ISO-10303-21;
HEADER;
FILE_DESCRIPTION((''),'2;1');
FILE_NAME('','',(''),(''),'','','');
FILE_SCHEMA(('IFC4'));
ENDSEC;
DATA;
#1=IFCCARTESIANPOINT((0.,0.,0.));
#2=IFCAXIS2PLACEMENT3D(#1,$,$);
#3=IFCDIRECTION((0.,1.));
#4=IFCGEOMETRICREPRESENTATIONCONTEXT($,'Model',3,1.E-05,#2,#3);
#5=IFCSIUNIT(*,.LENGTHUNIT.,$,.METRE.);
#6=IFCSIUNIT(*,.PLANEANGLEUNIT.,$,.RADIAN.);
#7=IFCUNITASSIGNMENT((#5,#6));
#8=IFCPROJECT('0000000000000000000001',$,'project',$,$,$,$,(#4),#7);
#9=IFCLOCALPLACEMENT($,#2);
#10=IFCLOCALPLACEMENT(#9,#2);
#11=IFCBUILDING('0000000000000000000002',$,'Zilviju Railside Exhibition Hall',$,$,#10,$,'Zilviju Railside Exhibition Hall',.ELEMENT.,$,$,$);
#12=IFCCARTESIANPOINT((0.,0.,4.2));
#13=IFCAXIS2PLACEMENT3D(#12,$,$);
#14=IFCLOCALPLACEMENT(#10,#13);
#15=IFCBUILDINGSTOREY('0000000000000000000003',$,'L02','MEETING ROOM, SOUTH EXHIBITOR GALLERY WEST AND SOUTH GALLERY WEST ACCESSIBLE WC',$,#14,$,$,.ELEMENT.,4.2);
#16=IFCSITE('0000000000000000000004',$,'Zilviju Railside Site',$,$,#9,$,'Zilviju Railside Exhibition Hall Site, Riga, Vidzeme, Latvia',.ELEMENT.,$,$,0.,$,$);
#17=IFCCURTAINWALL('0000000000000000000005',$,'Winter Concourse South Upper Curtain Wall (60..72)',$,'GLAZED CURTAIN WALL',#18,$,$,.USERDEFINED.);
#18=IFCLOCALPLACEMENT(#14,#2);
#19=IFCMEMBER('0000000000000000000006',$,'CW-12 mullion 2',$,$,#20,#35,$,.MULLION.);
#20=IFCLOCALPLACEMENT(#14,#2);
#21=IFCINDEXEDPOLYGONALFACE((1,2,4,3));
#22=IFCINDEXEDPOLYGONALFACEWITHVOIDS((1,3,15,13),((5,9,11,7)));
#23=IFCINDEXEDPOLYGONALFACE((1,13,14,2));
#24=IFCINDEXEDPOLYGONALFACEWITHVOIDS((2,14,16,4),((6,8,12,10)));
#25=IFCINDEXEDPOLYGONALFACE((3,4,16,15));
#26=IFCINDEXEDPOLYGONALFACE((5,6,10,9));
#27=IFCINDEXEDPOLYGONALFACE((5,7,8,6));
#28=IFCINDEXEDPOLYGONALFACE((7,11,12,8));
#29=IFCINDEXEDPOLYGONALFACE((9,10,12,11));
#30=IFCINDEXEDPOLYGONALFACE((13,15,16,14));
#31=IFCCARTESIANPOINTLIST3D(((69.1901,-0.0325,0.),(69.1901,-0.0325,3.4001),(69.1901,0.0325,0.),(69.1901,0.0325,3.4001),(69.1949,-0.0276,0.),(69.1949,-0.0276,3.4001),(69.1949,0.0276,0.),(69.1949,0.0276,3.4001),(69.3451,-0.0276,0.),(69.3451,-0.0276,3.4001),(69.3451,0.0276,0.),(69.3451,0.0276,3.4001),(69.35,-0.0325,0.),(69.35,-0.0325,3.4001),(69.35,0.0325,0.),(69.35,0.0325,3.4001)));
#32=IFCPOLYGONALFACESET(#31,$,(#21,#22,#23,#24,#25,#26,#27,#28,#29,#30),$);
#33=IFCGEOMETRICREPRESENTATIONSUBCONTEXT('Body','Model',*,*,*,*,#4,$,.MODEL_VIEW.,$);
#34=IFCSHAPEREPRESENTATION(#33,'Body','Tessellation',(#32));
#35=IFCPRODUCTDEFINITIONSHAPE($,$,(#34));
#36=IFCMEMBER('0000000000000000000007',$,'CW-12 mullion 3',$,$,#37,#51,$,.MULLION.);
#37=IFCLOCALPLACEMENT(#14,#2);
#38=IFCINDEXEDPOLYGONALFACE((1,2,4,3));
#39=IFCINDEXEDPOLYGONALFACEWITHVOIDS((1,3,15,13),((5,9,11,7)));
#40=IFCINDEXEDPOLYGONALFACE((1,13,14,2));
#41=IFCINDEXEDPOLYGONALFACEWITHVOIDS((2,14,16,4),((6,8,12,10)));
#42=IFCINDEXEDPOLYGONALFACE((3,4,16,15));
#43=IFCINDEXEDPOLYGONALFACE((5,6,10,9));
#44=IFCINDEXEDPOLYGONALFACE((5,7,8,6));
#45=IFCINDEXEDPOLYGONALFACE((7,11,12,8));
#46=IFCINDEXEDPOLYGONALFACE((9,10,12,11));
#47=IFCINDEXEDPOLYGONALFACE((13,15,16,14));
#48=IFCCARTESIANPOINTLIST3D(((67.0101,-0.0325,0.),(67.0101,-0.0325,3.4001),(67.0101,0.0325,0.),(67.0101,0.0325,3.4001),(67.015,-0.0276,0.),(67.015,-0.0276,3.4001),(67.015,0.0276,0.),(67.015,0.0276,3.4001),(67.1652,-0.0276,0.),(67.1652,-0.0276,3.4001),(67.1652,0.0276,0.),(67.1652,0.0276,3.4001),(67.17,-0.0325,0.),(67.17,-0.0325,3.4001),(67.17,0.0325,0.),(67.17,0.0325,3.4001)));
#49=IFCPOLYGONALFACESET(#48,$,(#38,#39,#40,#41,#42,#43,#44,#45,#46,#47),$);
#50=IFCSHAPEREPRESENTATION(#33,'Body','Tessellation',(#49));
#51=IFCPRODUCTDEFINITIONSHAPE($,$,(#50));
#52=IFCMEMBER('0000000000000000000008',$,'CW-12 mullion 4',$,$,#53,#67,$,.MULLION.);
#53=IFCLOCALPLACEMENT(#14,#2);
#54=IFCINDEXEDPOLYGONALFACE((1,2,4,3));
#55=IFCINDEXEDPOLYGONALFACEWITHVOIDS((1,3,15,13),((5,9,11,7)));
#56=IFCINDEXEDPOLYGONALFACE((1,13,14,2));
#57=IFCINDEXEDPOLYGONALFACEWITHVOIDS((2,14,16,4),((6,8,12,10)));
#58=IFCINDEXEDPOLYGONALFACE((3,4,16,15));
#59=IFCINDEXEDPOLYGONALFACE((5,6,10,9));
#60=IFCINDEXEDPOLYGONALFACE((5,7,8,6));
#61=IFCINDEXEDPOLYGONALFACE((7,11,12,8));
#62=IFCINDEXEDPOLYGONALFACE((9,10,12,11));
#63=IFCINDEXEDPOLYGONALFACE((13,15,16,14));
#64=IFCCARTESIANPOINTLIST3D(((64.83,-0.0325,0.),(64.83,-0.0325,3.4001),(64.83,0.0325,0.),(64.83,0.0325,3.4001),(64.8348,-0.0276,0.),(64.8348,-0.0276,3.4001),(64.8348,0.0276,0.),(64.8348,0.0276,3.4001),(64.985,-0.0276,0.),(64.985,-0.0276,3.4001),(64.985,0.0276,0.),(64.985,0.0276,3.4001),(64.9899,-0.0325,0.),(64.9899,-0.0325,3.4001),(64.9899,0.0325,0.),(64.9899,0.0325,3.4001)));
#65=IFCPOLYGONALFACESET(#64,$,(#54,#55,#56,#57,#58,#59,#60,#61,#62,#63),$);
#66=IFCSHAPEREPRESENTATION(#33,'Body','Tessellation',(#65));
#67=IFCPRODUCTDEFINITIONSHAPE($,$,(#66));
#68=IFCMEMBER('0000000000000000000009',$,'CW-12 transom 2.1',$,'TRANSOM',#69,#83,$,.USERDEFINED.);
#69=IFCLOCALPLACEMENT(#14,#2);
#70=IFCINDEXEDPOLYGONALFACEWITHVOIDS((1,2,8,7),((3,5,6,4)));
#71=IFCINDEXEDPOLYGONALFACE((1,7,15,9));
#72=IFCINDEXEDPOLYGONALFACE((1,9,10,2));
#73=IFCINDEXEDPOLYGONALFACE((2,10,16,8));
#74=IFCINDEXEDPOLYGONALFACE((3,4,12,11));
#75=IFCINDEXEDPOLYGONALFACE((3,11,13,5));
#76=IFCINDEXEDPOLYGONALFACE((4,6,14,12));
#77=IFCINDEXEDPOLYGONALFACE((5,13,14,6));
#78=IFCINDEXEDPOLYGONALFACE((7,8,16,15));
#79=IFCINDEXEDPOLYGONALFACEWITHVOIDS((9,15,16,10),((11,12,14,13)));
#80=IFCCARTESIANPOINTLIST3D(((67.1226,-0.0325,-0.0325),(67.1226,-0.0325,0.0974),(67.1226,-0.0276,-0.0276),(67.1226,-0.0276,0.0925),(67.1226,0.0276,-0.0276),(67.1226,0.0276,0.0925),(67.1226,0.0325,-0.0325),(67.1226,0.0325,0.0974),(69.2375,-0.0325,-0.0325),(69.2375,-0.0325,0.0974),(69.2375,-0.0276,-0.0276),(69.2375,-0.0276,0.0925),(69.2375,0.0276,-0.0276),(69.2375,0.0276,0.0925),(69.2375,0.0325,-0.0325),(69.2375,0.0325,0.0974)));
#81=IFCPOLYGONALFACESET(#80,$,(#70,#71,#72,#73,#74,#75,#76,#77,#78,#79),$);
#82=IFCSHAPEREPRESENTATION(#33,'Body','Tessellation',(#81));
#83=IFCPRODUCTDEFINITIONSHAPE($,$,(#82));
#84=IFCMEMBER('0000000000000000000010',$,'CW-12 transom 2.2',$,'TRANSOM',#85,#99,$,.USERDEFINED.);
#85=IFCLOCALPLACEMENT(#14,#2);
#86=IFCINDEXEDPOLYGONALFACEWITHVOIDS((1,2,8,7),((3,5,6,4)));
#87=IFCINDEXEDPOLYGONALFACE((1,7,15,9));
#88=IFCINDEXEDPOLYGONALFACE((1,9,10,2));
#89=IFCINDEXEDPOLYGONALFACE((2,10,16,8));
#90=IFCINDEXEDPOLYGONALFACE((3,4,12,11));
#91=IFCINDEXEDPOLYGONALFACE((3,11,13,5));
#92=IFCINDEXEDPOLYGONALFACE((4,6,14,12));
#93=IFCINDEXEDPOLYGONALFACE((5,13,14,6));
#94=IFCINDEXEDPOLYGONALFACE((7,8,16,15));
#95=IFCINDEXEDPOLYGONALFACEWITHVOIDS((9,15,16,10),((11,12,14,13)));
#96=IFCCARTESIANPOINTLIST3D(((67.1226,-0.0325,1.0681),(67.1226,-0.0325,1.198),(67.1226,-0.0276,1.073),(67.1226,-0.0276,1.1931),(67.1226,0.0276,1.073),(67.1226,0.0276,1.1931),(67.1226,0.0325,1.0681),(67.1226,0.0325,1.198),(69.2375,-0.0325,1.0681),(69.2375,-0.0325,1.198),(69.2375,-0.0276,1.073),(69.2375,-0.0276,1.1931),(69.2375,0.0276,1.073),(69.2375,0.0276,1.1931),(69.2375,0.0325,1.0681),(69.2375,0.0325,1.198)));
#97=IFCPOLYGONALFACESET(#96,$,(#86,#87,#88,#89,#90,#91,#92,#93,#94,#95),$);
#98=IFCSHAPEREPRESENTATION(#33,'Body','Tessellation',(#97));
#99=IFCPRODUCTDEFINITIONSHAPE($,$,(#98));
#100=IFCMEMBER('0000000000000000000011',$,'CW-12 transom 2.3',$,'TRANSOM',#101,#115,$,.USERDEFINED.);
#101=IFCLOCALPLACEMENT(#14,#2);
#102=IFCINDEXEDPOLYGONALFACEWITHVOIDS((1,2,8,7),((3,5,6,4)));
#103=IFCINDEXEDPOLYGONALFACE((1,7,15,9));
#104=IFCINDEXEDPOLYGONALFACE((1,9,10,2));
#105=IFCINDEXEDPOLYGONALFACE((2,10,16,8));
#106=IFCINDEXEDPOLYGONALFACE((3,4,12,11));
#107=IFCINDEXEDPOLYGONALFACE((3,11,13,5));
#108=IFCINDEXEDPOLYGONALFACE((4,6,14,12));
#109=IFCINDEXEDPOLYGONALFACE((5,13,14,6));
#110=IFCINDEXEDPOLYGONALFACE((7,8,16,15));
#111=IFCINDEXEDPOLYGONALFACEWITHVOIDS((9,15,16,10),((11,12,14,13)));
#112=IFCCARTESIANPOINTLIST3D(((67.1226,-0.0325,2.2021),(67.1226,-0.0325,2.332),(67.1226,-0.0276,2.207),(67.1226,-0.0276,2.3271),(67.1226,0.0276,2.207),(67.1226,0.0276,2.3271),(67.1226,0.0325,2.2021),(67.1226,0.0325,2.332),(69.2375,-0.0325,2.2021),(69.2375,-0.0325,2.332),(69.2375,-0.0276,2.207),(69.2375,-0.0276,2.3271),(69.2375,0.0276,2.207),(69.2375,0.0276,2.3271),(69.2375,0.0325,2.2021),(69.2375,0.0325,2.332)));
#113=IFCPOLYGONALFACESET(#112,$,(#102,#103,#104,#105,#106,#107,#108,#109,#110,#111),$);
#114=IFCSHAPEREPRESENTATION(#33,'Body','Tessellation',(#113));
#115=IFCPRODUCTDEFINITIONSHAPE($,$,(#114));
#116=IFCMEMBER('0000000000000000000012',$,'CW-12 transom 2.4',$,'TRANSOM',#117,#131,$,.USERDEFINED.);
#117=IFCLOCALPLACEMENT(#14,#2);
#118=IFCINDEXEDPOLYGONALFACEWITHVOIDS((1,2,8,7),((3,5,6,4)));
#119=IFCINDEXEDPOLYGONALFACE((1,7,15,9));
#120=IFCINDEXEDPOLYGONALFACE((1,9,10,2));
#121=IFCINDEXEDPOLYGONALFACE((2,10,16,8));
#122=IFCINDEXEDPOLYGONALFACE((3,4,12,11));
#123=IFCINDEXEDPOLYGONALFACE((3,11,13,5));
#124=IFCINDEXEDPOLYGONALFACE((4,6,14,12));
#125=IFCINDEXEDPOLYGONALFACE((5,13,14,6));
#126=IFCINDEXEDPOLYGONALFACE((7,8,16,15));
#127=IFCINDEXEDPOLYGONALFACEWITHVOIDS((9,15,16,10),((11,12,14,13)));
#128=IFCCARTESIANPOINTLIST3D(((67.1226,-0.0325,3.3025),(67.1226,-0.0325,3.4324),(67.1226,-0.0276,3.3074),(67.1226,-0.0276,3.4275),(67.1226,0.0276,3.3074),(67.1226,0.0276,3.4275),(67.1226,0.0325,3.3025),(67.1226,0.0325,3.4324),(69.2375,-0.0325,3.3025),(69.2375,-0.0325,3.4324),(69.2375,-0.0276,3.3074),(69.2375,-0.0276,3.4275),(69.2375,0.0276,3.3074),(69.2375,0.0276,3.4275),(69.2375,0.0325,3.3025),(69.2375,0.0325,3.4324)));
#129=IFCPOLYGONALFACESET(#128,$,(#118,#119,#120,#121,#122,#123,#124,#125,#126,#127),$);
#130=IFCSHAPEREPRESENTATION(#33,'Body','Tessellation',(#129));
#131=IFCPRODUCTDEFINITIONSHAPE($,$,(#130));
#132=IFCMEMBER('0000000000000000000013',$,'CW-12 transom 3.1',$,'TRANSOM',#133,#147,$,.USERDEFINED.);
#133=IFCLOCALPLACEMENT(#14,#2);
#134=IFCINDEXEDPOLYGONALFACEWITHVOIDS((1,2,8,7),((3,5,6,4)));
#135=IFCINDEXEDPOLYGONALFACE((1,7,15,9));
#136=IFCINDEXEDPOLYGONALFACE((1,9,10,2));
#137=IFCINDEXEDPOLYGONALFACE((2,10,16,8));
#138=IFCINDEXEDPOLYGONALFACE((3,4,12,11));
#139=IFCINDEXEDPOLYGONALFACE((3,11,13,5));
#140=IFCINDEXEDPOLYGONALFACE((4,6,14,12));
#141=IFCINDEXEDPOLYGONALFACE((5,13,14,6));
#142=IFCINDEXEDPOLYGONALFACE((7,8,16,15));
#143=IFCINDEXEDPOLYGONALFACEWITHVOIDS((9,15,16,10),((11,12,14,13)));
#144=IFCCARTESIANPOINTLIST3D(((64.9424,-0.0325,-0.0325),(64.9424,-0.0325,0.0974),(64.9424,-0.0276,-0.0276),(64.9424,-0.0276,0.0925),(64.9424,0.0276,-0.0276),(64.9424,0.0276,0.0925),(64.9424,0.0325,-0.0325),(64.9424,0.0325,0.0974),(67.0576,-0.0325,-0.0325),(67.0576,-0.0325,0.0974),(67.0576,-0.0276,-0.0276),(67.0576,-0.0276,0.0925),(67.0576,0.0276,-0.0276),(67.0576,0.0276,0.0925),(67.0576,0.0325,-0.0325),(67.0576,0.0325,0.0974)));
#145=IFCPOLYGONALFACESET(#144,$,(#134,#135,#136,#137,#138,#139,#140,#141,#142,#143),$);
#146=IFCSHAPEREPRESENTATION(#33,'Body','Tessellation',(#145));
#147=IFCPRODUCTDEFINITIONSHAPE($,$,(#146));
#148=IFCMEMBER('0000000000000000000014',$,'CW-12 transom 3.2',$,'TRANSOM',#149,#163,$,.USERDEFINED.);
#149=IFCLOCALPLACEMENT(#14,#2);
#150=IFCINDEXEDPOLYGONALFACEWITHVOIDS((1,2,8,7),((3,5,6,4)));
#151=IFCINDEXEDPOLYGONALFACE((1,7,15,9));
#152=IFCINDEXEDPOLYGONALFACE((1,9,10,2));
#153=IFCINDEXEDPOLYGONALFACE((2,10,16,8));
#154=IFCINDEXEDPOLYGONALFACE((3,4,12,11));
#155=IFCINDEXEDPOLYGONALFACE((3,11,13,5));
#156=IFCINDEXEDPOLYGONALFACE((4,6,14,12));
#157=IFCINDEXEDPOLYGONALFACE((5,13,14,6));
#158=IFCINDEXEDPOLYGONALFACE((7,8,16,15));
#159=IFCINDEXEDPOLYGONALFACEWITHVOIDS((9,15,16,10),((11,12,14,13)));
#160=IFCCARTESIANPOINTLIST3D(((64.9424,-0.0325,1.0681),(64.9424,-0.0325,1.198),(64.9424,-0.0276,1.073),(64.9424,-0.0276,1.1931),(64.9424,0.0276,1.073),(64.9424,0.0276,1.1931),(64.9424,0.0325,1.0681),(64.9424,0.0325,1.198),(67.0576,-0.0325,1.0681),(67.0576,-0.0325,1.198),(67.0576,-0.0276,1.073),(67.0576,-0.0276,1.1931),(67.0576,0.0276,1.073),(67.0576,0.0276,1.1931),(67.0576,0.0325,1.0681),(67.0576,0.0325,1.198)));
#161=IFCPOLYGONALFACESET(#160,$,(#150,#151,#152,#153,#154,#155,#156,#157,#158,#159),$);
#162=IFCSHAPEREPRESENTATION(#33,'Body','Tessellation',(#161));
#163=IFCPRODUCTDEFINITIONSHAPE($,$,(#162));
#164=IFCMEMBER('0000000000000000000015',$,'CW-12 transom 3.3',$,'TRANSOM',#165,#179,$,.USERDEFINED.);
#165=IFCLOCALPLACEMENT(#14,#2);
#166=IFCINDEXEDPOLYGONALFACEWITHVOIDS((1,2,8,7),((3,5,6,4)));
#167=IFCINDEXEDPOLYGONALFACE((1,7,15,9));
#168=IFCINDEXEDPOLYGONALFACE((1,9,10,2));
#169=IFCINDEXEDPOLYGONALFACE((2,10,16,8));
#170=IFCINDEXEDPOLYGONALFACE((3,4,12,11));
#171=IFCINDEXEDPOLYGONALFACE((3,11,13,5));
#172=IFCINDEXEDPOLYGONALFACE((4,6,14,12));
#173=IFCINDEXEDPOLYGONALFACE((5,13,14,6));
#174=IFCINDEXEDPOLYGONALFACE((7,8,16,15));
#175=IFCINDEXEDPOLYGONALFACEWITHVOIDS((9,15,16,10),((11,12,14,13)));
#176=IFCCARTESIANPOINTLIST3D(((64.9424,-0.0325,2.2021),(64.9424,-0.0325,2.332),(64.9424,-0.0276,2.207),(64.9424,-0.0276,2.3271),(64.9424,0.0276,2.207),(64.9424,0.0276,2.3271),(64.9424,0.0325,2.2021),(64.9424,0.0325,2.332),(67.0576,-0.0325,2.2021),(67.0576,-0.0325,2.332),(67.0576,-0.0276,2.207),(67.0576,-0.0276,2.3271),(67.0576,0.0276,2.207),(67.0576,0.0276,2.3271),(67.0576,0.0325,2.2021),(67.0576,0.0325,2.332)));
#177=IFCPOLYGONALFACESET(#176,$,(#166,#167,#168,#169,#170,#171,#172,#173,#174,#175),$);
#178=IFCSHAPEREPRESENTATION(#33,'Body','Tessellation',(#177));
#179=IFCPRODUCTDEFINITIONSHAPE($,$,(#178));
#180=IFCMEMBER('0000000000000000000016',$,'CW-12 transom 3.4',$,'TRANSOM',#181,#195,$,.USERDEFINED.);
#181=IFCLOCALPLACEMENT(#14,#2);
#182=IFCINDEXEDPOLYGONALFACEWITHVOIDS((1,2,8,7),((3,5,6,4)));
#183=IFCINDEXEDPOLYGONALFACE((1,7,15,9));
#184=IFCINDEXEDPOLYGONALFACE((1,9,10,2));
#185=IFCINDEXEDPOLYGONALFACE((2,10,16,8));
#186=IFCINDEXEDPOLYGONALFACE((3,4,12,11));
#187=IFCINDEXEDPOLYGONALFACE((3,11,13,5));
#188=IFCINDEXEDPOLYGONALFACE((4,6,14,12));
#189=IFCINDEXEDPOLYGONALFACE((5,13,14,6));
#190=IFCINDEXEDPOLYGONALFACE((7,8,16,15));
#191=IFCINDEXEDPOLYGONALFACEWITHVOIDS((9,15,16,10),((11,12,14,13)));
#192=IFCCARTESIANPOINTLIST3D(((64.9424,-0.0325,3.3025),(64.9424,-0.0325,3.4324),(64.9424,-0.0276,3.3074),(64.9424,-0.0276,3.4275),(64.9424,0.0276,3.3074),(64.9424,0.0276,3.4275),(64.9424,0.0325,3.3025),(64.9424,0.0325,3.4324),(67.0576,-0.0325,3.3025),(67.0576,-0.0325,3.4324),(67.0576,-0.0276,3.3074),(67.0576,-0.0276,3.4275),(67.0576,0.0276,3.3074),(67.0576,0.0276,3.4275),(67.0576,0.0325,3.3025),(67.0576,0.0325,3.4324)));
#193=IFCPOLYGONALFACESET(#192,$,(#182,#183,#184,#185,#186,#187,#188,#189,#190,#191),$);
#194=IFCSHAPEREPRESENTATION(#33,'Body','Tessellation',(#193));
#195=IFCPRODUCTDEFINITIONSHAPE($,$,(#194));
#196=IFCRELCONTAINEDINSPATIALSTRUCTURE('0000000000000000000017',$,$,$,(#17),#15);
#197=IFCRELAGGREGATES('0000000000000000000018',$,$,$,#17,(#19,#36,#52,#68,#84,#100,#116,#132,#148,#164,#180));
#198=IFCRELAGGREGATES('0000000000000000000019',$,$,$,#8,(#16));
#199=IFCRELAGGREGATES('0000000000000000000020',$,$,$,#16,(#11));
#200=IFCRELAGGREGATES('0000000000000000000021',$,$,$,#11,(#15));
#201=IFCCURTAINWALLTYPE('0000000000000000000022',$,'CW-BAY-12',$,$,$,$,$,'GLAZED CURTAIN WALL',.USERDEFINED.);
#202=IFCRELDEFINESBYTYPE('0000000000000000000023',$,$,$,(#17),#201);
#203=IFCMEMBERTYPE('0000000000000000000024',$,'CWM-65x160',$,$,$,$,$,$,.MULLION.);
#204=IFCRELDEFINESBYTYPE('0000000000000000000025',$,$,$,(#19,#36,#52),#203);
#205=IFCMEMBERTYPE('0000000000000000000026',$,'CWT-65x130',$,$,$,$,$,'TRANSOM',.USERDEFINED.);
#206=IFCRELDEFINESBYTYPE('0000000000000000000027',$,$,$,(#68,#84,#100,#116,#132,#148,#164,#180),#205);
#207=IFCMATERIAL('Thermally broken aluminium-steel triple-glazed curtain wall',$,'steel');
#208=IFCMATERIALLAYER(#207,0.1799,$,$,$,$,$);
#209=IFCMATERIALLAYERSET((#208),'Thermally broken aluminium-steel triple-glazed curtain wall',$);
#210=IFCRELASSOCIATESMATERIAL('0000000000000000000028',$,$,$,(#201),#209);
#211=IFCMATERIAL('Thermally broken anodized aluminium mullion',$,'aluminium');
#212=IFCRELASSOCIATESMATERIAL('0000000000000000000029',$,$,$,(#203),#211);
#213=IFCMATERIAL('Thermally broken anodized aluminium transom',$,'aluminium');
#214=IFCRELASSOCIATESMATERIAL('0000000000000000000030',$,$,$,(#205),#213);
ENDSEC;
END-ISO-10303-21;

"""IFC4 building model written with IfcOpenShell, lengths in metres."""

from ifc_helpers import new_model, si_unit, direction, frame, origin, origin_2d, place, context, subcontext, project, spatial, hollow_rectangle, extrude, material, layer, layer_set, material_profile, profile_set, type_object, element, aggregate, save


model = new_model("IFC4")

# Units and contexts
model_context = context("Model", 3, precision=1e-05, world=origin(), true_north=direction((0.0, 1.0)))
body_context = subcontext(model_context, "Body", "Model", "MODEL_VIEW")
ifc_project = project(units=[si_unit("LENGTHUNIT", "METRE"), si_unit("PLANEANGLEUNIT", "RADIAN")], contexts=[model_context])

# Site, building, storey
site_placement = place(None, origin())
site = spatial("IfcSite", under=ifc_project, at=site_placement, Name="Zilviju Railside Site", LongName="Zilviju Railside Exhibition Hall Site, Riga, Vidzeme, Latvia", CompositionType="ELEMENT", RefElevation=0.0)
building_placement = place(site_placement, origin())
building = spatial("IfcBuilding", under=site, at=building_placement, Name="Zilviju Railside Exhibition Hall", LongName="Zilviju Railside Exhibition Hall", CompositionType="ELEMENT")
storey_placement = place(building_placement, frame((0.0, 0.0, 4.2)))
storey = spatial("IfcBuildingStorey", under=building, at=storey_placement, Name="L02", Description="MEETING ROOM, SOUTH EXHIBITOR GALLERY WEST AND SOUTH GALLERY WEST ACCESSIBLE WC", CompositionType="ELEMENT", Elevation=4.2)

# Curtain wall, members
ifc_material_1 = material(Name="Thermally broken aluminium-steel triple-glazed curtain wall", Category="steel")
ifc_layer_1 = layer(ifc_material_1, 0.1799)
ifc_layer_set_1 = layer_set([ifc_layer_1], Name="Thermally broken aluminium-steel triple-glazed curtain wall")
curtain_wall_type = type_object("IfcCurtainWallType", Name="CW-BAY-12", ElementType="GLAZED CURTAIN WALL", PredefinedType="USERDEFINED", material=ifc_layer_set_1)
curtain_wall_placement = place(storey_placement, origin())
curtain_wall = element("IfcCurtainWall", 1, at=curtain_wall_placement, inside=storey, type_object=curtain_wall_type, Name="Winter Concourse South Upper Curtain Wall (60..72)", ObjectType="GLAZED CURTAIN WALL", PredefinedType="USERDEFINED")
ifc_material_2 = material(Name="Thermally broken anodized aluminium mullion", Category="aluminium")
ifc_material_profile_1 = material_profile(ifc_material_2, hollow_rectangle(XDim=0.0649, YDim=0.1599, WallThickness=0.0049, at=origin_2d()), Name="MULLION 160x65x5")
ifc_profile_set_1 = profile_set([ifc_material_profile_1], Name="Thermally broken anodized aluminium mullion")
member_type_1 = type_object("IfcMemberType", Name="CWM-65x160", PredefinedType="MULLION", material=ifc_profile_set_1)
member_1_placement = place(storey_placement, frame((69.27, 0.0, 0.0), z_axis=(0.0, 0.0, 1.0), x_axis=(0.0, -1.0, 0.0)))
member_1 = element("IfcMember", 2, at=member_1_placement, type_object=member_type_1, Name="CW-12 mullion 2", PredefinedType="MULLION", context=body_context, shape_type="SweptSolid", body=[
    extrude(hollow_rectangle(XDim=0.0649, YDim=0.1599, WallThickness=0.0049, at=origin_2d()), origin(), (0.0, 0.0, 1.0), 3.4001),
])
member_2_placement = place(storey_placement, frame((67.0901, 0.0, 0.0), z_axis=(0.0, 0.0, 1.0), x_axis=(0.0, -1.0, 0.0)))
member_2 = element("IfcMember", 3, at=member_2_placement, type_object=member_type_1, Name="CW-12 mullion 3", PredefinedType="MULLION", context=body_context, shape_type="SweptSolid", body=[
    extrude(hollow_rectangle(XDim=0.0649, YDim=0.1599, WallThickness=0.0049, at=origin_2d()), origin(), (0.0, 0.0, 1.0), 3.4001),
])
member_3_placement = place(storey_placement, frame((64.9099, 0.0, 0.0), z_axis=(0.0, 0.0, 1.0), x_axis=(0.0, -1.0, 0.0)))
member_3 = element("IfcMember", 4, at=member_3_placement, type_object=member_type_1, Name="CW-12 mullion 4", PredefinedType="MULLION", context=body_context, shape_type="SweptSolid", body=[
    extrude(hollow_rectangle(XDim=0.0649, YDim=0.1599, WallThickness=0.0049, at=origin_2d()), origin(), (0.0, 0.0, 1.0), 3.4001),
])
ifc_material_3 = material(Name="Thermally broken anodized aluminium transom", Category="aluminium")
ifc_material_profile_2 = material_profile(ifc_material_3, hollow_rectangle(XDim=0.0649, YDim=0.1299, WallThickness=0.0049, at=origin_2d()), Name="TRANSOM 130x65x5")
ifc_profile_set_2 = profile_set([ifc_material_profile_2], Name="Thermally broken anodized aluminium transom")
member_type_2 = type_object("IfcMemberType", Name="CWT-65x130", ElementType="TRANSOM", PredefinedType="USERDEFINED", material=ifc_profile_set_2)
member_4_placement = place(storey_placement, frame((69.2375, 0.0, 0.0325), z_axis=(-1.0, 0.0, 0.0), x_axis=(0.0, -1.0, 0.0)))
member_4 = element("IfcMember", 5, at=member_4_placement, type_object=member_type_2, Name="CW-12 transom 2.1", ObjectType="TRANSOM", PredefinedType="USERDEFINED", context=body_context, shape_type="SweptSolid", body=[
    extrude(hollow_rectangle(XDim=0.0649, YDim=0.1299, WallThickness=0.0049, at=origin_2d()), origin(), (0.0, 0.0, 1.0), 2.115),
])
member_5_placement = place(storey_placement, frame((69.2375, 0.0, 1.1331), z_axis=(-1.0, 0.0, 0.0), x_axis=(0.0, -1.0, 0.0)))
member_5 = element("IfcMember", 6, at=member_5_placement, type_object=member_type_2, Name="CW-12 transom 2.2", ObjectType="TRANSOM", PredefinedType="USERDEFINED", context=body_context, shape_type="SweptSolid", body=[
    extrude(hollow_rectangle(XDim=0.0649, YDim=0.1299, WallThickness=0.0049, at=origin_2d()), origin(), (0.0, 0.0, 1.0), 2.115),
])
member_6_placement = place(storey_placement, frame((69.2375, 0.0, 2.2671), z_axis=(-1.0, 0.0, 0.0), x_axis=(0.0, -1.0, 0.0)))
member_6 = element("IfcMember", 7, at=member_6_placement, type_object=member_type_2, Name="CW-12 transom 2.3", ObjectType="TRANSOM", PredefinedType="USERDEFINED", context=body_context, shape_type="SweptSolid", body=[
    extrude(hollow_rectangle(XDim=0.0649, YDim=0.1299, WallThickness=0.0049, at=origin_2d()), origin(), (0.0, 0.0, 1.0), 2.115),
])
member_7_placement = place(storey_placement, frame((69.2375, 0.0, 3.3674), z_axis=(-1.0, 0.0, 0.0), x_axis=(0.0, -1.0, 0.0)))
member_7 = element("IfcMember", 8, at=member_7_placement, type_object=member_type_2, Name="CW-12 transom 2.4", ObjectType="TRANSOM", PredefinedType="USERDEFINED", context=body_context, shape_type="SweptSolid", body=[
    extrude(hollow_rectangle(XDim=0.0649, YDim=0.1299, WallThickness=0.0049, at=origin_2d()), origin(), (0.0, 0.0, 1.0), 2.115),
])
member_8_placement = place(storey_placement, frame((67.0576, 0.0, 0.0325), z_axis=(-1.0, 0.0, 0.0), x_axis=(0.0, -1.0, 0.0)))
member_8 = element("IfcMember", 9, at=member_8_placement, type_object=member_type_2, Name="CW-12 transom 3.1", ObjectType="TRANSOM", PredefinedType="USERDEFINED", context=body_context, shape_type="SweptSolid", body=[
    extrude(hollow_rectangle(XDim=0.0649, YDim=0.1299, WallThickness=0.0049, at=origin_2d()), origin(), (0.0, 0.0, 1.0), 2.1152),
])
member_9_placement = place(storey_placement, frame((67.0576, 0.0, 1.1331), z_axis=(-1.0, 0.0, 0.0), x_axis=(0.0, -1.0, 0.0)))
member_9 = element("IfcMember", 10, at=member_9_placement, type_object=member_type_2, Name="CW-12 transom 3.2", ObjectType="TRANSOM", PredefinedType="USERDEFINED", context=body_context, shape_type="SweptSolid", body=[
    extrude(hollow_rectangle(XDim=0.0649, YDim=0.1299, WallThickness=0.0049, at=origin_2d()), origin(), (0.0, 0.0, 1.0), 2.1152),
])
member_10_placement = place(storey_placement, frame((67.0576, 0.0, 2.2671), z_axis=(-1.0, 0.0, 0.0), x_axis=(0.0, -1.0, 0.0)))
member_10 = element("IfcMember", 11, at=member_10_placement, type_object=member_type_2, Name="CW-12 transom 3.3", ObjectType="TRANSOM", PredefinedType="USERDEFINED", context=body_context, shape_type="SweptSolid", body=[
    extrude(hollow_rectangle(XDim=0.0649, YDim=0.1299, WallThickness=0.0049, at=origin_2d()), origin(), (0.0, 0.0, 1.0), 2.1152),
])
member_11_placement = place(storey_placement, frame((67.0576, 0.0, 3.3674), z_axis=(-1.0, 0.0, 0.0), x_axis=(0.0, -1.0, 0.0)))
member_11 = element("IfcMember", 12, at=member_11_placement, type_object=member_type_2, Name="CW-12 transom 3.4", ObjectType="TRANSOM", PredefinedType="USERDEFINED", context=body_context, shape_type="SweptSolid", body=[
    extrude(hollow_rectangle(XDim=0.0649, YDim=0.1299, WallThickness=0.0049, at=origin_2d()), origin(), (0.0, 0.0, 1.0), 2.1152),
])
aggregate(curtain_wall, [member_1, member_2, member_3, member_4, member_5, member_6, member_7, member_8, member_9, member_10, member_11])

save(model, "model.ifc")
